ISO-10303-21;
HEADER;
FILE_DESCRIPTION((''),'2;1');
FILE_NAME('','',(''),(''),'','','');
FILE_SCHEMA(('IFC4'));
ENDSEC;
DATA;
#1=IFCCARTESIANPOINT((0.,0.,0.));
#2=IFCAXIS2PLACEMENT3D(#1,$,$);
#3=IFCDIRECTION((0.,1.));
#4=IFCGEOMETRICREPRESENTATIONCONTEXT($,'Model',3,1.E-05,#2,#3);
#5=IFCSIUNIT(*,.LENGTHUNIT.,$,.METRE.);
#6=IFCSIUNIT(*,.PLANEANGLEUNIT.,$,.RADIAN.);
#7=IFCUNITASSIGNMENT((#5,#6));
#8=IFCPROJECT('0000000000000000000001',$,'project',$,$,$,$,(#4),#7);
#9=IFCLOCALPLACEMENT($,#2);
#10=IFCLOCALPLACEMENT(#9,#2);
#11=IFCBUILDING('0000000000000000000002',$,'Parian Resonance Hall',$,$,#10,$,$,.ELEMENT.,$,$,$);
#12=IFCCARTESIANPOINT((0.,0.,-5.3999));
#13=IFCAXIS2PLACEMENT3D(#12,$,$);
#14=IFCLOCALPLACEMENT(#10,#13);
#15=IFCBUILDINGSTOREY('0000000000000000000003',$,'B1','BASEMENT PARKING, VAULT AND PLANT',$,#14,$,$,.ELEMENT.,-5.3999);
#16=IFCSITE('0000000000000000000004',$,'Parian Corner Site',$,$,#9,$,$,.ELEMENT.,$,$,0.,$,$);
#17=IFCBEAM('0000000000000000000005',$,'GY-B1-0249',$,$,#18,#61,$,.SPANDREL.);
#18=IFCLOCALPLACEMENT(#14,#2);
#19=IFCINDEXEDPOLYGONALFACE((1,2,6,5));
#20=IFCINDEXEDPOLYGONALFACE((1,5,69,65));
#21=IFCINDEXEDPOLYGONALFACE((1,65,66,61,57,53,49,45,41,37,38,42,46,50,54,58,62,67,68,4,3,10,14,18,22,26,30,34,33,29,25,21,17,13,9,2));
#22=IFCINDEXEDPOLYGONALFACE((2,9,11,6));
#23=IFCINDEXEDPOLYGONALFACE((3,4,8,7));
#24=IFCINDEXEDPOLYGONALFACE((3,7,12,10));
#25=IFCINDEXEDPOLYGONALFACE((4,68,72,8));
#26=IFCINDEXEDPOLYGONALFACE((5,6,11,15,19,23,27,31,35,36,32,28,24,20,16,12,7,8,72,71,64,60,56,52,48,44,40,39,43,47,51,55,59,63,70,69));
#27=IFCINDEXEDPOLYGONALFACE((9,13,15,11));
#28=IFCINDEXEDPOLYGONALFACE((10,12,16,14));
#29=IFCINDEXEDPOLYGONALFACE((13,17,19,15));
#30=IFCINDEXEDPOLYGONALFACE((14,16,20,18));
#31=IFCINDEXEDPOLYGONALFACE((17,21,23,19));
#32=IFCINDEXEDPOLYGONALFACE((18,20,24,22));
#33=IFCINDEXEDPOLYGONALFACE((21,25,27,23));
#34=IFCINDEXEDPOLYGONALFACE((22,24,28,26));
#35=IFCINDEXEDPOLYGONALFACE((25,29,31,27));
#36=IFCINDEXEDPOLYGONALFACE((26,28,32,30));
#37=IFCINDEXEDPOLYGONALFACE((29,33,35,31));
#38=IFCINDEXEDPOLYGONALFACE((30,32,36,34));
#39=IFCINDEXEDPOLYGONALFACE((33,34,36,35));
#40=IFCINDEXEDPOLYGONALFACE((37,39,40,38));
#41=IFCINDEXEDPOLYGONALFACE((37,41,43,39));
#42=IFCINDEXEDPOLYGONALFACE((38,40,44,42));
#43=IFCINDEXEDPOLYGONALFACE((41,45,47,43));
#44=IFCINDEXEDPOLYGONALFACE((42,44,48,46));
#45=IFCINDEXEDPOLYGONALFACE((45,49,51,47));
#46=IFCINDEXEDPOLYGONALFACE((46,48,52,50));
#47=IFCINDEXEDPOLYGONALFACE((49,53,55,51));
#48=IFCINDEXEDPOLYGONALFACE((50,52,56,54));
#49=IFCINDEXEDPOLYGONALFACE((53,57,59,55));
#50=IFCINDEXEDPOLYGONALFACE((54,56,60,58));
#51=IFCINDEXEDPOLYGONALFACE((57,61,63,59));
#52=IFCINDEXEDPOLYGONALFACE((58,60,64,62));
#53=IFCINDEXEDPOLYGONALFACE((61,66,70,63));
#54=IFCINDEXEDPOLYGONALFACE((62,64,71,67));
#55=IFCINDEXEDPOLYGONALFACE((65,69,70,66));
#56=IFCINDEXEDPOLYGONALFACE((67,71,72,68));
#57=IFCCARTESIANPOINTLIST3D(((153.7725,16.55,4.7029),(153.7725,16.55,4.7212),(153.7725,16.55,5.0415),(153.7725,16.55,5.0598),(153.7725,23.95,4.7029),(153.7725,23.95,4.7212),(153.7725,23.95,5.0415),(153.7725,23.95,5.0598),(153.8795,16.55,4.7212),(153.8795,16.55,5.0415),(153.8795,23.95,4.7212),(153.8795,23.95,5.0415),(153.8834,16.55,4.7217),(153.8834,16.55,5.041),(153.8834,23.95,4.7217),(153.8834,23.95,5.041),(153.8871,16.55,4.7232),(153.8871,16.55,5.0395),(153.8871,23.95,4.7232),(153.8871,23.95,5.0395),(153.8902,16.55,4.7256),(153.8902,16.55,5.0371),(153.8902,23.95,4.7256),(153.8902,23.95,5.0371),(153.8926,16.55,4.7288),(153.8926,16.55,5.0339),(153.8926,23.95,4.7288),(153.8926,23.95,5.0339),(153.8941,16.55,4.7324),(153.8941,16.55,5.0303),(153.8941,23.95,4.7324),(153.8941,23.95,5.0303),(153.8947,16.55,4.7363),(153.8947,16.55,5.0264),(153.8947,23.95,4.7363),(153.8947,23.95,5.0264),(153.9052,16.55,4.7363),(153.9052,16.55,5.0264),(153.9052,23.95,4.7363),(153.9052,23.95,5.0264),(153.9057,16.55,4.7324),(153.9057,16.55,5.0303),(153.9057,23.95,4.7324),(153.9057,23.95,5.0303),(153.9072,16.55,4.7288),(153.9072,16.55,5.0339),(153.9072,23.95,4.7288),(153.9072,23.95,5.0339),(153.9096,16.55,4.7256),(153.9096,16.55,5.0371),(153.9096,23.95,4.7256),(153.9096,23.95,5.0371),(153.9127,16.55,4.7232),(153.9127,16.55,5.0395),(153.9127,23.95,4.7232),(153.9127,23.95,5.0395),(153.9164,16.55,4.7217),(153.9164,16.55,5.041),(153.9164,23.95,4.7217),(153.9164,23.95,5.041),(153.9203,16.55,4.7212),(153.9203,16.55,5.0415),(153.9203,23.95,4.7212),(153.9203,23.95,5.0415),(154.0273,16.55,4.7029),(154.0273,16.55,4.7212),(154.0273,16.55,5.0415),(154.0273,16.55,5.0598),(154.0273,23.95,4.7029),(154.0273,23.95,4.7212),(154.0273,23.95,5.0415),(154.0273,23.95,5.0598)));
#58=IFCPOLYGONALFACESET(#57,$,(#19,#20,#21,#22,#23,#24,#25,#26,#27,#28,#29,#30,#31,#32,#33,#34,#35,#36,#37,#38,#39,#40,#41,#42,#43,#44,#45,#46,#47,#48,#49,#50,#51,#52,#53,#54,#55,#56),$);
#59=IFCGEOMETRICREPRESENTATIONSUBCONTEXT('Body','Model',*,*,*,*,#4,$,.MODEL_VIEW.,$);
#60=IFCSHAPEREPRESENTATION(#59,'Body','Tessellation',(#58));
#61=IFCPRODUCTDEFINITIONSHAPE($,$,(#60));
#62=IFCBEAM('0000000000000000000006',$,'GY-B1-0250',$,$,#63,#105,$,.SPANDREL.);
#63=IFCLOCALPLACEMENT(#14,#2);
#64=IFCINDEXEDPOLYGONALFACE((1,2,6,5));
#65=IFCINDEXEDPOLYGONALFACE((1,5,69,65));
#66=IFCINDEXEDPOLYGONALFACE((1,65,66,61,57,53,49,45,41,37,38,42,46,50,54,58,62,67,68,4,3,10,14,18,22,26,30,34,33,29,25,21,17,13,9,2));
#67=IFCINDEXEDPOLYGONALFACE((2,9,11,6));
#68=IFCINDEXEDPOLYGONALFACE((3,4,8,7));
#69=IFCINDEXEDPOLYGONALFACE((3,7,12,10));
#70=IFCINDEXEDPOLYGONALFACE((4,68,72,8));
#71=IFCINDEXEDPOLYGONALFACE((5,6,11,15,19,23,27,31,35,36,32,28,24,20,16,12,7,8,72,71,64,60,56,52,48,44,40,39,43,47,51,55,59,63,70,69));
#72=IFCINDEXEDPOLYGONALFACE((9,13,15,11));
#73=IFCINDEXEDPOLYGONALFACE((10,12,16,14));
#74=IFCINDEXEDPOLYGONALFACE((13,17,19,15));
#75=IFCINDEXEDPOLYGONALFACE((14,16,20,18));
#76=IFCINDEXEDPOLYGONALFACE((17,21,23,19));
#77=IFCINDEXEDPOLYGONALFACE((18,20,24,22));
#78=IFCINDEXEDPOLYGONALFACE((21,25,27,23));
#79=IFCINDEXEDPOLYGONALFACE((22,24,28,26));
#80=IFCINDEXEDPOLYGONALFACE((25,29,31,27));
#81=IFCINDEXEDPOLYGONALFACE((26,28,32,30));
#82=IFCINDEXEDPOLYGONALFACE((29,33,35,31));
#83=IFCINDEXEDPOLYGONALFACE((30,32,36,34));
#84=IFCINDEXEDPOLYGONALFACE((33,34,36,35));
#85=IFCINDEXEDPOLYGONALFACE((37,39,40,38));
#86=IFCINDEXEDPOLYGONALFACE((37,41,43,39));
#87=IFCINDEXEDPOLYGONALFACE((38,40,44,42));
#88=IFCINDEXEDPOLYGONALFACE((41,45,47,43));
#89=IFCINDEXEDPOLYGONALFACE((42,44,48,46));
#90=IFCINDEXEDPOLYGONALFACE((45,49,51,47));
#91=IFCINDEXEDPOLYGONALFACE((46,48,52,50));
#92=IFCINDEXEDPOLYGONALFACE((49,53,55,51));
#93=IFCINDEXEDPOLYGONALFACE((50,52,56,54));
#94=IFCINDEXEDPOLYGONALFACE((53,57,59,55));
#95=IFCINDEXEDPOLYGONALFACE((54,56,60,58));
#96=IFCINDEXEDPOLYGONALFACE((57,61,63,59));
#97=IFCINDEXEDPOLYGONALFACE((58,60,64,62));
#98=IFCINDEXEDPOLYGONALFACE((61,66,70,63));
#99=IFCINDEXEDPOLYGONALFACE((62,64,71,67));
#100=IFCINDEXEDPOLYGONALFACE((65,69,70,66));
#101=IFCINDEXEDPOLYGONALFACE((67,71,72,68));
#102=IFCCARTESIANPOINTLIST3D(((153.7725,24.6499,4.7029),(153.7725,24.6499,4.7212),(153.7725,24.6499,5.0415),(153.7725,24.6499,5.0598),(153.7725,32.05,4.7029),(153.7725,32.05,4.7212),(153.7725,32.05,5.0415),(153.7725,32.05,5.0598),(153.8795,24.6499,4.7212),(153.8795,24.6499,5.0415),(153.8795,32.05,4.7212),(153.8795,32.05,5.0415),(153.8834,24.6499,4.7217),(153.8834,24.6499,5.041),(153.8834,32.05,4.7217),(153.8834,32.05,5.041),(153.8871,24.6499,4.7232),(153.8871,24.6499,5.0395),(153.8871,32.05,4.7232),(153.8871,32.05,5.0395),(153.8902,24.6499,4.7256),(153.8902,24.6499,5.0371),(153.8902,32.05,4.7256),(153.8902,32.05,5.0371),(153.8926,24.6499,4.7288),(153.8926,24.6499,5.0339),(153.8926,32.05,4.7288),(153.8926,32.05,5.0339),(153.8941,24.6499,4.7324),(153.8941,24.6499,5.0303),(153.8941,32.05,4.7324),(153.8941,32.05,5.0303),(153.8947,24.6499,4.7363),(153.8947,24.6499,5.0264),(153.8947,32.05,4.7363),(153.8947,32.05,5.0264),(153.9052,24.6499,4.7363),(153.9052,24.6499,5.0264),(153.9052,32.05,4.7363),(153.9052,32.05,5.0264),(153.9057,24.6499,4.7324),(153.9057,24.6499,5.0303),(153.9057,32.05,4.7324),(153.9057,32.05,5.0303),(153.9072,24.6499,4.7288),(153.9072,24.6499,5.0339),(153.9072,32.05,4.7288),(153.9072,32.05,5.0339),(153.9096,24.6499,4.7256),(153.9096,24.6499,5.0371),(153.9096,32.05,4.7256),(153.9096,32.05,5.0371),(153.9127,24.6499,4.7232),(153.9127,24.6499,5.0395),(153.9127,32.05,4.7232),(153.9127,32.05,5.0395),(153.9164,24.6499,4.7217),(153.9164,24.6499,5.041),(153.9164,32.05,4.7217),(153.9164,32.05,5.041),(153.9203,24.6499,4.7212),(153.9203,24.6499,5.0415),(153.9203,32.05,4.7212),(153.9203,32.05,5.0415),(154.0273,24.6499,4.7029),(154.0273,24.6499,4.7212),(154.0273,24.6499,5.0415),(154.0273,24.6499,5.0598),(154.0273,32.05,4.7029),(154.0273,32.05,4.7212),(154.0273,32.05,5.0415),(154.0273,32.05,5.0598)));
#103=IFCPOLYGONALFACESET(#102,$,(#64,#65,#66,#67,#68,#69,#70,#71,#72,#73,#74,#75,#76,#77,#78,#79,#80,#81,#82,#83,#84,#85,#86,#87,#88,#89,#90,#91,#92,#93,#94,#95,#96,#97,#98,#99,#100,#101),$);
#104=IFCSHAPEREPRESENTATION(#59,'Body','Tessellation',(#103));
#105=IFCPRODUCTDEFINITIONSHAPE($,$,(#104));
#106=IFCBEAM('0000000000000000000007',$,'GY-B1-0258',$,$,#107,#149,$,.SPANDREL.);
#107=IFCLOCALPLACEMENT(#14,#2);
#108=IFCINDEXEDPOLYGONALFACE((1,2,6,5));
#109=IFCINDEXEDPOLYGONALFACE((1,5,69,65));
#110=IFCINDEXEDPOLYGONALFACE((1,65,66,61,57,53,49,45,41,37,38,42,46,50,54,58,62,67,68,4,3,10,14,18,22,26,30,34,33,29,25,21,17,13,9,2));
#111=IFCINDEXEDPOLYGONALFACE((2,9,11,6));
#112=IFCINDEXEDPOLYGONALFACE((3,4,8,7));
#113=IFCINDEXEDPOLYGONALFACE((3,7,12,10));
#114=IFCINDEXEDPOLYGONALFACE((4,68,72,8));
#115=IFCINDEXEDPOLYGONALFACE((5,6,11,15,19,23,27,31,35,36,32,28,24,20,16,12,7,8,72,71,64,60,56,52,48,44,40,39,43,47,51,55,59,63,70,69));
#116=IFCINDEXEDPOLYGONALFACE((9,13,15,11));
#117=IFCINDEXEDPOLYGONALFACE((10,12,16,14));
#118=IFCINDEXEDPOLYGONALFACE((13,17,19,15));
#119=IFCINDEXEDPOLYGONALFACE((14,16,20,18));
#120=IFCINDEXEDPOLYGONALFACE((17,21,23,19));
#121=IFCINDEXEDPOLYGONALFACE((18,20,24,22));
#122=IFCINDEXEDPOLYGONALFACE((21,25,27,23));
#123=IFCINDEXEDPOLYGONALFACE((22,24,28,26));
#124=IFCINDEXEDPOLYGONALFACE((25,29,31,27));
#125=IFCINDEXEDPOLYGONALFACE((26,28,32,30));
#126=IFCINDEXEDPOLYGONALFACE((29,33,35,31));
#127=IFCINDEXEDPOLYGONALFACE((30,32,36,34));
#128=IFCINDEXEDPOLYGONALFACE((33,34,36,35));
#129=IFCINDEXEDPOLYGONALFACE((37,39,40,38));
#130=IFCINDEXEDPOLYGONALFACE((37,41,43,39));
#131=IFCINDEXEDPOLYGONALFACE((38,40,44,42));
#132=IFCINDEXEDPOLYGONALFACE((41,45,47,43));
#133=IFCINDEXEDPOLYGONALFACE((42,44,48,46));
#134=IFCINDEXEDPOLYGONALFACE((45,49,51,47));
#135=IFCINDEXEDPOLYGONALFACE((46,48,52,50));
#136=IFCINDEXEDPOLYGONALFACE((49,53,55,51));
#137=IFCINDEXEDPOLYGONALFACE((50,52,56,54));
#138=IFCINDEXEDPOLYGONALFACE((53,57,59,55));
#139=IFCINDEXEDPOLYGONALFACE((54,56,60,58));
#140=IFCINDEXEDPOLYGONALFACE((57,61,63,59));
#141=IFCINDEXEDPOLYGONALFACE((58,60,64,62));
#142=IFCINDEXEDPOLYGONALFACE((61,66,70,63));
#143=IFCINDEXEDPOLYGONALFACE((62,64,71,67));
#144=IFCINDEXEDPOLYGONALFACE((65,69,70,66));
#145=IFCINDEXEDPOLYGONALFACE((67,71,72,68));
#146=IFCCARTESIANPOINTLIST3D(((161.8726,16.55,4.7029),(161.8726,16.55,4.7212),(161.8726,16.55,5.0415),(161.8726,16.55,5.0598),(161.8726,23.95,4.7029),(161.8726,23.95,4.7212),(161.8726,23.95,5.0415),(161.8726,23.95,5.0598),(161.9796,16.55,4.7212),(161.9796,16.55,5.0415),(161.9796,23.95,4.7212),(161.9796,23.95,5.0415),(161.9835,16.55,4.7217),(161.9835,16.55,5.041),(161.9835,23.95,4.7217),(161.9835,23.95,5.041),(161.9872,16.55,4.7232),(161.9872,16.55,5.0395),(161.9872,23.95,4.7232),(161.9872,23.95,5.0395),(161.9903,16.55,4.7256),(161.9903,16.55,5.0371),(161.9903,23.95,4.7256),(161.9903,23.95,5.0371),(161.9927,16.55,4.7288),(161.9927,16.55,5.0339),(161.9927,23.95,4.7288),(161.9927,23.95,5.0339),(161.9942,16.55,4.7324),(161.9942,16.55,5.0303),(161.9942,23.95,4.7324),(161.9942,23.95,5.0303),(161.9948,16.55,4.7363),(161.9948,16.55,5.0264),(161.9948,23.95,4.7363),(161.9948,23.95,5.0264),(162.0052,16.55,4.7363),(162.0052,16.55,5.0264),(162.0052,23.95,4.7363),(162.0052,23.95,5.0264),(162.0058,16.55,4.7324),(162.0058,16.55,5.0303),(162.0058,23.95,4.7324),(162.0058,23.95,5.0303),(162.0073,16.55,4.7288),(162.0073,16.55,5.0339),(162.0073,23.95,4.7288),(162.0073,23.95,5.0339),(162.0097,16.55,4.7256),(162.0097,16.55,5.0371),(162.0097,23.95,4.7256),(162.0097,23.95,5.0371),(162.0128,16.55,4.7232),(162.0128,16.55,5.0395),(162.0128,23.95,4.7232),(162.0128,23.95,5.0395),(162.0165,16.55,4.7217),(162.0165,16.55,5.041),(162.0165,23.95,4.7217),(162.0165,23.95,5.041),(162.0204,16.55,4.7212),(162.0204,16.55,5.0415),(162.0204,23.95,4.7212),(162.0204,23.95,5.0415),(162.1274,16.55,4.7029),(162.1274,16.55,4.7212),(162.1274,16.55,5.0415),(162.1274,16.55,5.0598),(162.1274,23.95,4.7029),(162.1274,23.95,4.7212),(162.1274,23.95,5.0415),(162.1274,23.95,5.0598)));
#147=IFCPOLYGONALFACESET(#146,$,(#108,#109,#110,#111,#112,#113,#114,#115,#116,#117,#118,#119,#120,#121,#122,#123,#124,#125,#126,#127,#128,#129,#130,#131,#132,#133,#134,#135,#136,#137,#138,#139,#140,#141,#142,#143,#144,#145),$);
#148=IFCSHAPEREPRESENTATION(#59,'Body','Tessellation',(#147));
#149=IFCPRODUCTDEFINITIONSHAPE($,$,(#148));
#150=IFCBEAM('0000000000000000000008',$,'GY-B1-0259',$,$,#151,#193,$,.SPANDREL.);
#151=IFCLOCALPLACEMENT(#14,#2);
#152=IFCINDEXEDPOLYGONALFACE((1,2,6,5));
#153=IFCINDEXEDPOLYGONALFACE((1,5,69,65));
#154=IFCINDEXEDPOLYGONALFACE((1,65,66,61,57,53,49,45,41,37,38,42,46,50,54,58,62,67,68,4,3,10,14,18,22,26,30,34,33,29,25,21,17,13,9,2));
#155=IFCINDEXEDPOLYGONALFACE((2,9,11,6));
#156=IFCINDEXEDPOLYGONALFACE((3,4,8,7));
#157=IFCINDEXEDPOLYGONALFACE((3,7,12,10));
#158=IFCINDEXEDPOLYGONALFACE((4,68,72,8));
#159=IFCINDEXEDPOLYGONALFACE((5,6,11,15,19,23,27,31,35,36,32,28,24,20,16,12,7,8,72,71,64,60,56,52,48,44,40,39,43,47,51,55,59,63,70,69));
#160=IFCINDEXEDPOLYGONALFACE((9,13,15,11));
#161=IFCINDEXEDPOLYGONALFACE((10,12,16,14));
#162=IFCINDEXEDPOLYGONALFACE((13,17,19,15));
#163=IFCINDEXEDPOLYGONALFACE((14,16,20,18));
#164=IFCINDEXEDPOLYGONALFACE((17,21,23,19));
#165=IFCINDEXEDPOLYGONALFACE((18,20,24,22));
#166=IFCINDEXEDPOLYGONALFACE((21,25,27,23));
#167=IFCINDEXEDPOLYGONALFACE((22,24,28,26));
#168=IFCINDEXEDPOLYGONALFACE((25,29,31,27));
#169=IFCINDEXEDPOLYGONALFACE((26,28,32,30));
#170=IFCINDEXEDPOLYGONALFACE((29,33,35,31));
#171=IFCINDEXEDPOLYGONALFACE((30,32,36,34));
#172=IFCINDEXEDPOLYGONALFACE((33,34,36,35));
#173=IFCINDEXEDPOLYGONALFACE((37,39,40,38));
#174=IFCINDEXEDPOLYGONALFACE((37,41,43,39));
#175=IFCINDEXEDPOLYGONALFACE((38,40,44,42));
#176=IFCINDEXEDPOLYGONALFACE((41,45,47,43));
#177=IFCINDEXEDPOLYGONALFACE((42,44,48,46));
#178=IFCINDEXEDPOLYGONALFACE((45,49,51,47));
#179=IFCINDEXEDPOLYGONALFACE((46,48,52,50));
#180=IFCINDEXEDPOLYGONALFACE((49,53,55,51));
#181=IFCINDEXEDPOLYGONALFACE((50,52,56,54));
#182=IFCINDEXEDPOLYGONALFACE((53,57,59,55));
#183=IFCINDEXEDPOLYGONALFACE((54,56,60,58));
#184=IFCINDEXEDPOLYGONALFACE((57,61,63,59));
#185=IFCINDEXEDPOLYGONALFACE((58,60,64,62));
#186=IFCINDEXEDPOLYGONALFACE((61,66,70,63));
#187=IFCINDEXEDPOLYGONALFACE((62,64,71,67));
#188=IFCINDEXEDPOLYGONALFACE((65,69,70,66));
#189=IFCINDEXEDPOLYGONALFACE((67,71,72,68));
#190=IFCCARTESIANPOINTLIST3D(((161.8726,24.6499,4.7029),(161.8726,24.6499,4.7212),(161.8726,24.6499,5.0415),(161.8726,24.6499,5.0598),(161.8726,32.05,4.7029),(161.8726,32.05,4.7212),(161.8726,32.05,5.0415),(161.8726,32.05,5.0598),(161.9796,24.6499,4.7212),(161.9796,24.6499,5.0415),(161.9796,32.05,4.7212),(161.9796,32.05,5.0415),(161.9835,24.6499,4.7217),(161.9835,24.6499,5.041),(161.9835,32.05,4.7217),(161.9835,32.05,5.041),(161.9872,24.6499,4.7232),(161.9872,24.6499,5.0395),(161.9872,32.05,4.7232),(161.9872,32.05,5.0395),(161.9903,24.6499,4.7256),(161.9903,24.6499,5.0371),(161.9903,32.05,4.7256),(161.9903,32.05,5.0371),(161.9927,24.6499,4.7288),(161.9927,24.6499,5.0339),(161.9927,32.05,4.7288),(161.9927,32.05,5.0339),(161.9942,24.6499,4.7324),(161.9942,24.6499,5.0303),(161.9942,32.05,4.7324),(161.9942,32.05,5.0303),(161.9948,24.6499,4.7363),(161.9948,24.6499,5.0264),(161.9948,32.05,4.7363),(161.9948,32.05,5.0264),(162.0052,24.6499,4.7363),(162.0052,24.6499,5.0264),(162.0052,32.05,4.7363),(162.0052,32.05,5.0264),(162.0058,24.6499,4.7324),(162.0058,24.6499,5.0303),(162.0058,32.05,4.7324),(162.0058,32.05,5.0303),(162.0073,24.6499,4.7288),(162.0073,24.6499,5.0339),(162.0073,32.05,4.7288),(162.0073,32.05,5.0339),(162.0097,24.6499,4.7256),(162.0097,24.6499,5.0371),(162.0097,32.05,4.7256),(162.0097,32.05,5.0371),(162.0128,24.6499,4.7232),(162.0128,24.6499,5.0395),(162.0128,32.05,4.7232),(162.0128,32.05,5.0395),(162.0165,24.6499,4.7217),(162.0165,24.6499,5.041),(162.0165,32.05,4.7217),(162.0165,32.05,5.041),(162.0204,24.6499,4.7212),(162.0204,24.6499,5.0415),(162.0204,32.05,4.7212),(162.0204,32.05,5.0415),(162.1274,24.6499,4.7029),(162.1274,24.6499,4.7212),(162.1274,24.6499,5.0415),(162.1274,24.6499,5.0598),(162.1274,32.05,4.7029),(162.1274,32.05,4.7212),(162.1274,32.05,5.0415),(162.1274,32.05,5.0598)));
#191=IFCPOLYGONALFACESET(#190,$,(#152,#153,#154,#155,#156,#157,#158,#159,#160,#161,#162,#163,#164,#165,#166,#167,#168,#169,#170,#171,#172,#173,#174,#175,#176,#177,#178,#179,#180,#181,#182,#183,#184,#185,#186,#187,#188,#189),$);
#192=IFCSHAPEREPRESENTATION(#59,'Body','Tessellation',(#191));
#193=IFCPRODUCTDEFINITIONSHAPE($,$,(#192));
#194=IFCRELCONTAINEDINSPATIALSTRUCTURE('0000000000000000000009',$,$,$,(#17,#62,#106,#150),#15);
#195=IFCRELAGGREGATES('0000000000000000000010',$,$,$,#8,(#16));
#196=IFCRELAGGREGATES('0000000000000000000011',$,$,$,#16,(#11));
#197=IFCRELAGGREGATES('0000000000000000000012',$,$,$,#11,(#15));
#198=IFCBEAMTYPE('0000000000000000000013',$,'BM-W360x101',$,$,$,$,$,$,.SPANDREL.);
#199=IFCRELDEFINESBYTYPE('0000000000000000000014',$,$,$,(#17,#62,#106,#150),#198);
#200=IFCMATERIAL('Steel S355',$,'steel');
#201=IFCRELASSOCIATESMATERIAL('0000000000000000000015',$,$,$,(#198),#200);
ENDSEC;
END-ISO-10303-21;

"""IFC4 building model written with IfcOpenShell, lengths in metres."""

from ifc_helpers import new_model, si_unit, direction, frame, origin, origin_2d, place, context, subcontext, project, spatial, i_section, extrude, material, material_profile, profile_set, type_object, element, save


model = new_model("IFC4")

# Units and contexts
model_context = context("Model", 3, precision=1e-05, world=origin(), true_north=direction((0.0, 1.0)))
body_context = subcontext(model_context, "Body", "Model", "MODEL_VIEW")
ifc_project = project(units=[si_unit("LENGTHUNIT", "METRE"), si_unit("PLANEANGLEUNIT", "RADIAN")], contexts=[model_context])

# Site, building, storey
site_placement = place(None, origin())
site = spatial("IfcSite", under=ifc_project, at=site_placement, Name="Parian Corner Site", CompositionType="ELEMENT", RefElevation=0.0)
building_placement = place(site_placement, origin())
building = spatial("IfcBuilding", under=site, at=building_placement, Name="Parian Resonance Hall", CompositionType="ELEMENT")
storey_placement = place(building_placement, frame((0.0, 0.0, -5.3999)))
storey = spatial("IfcBuildingStorey", under=building, at=storey_placement, Name="B1", Description="BASEMENT PARKING, VAULT AND PLANT", CompositionType="ELEMENT", Elevation=-5.3999)

# Beams
ifc_material_1 = material(Name="Steel S355", Category="steel")
ifc_material_profile_1 = material_profile(ifc_material_1, i_section(OverallWidth=0.2549, OverallDepth=0.3569, WebThickness=0.0105, FlangeThickness=0.0183, FilletRadius=0.0151, at=origin_2d()), Name="W360x101")
ifc_profile_set_1 = profile_set([ifc_material_profile_1], Name="Steel S355")
beam_type_1 = type_object("IfcBeamType", Name="BM-W360x101", PredefinedType="SPANDREL", material=ifc_profile_set_1)
beam_1_placement = place(storey_placement, frame((153.8999, 16.55, 4.8813), z_axis=(0.0, 1.0, 0.0), x_axis=(-1.0, 0.0, 0.0)))
element("IfcBeam", 1, at=beam_1_placement, inside=storey, type_object=beam_type_1, Name="GY-B1-0249", PredefinedType="SPANDREL", context=body_context, shape_type="SweptSolid", body=[
    extrude(i_section(OverallWidth=0.2549, OverallDepth=0.3569, WebThickness=0.0105, FlangeThickness=0.0183, FilletRadius=0.0151, at=origin_2d()), origin(), (0.0, 0.0, 1.0), 7.3999),
])
beam_2_placement = place(storey_placement, frame((153.8999, 24.6499, 4.8813), z_axis=(0.0, 1.0, 0.0), x_axis=(-1.0, 0.0, 0.0)))
element("IfcBeam", 2, at=beam_2_placement, inside=storey, type_object=beam_type_1, Name="GY-B1-0250", PredefinedType="SPANDREL", context=body_context, shape_type="SweptSolid", body=[
    extrude(i_section(OverallWidth=0.2549, OverallDepth=0.3569, WebThickness=0.0105, FlangeThickness=0.0183, FilletRadius=0.0151, at=origin_2d()), origin(), (0.0, 0.0, 1.0), 7.4001),
])
beam_3_placement = place(storey_placement, frame((162.0, 16.55, 4.8813), z_axis=(0.0, 1.0, 0.0), x_axis=(-1.0, 0.0, 0.0)))
element("IfcBeam", 3, at=beam_3_placement, inside=storey, type_object=beam_type_1, Name="GY-B1-0258", PredefinedType="SPANDREL", context=body_context, shape_type="SweptSolid", body=[
    extrude(i_section(OverallWidth=0.2549, OverallDepth=0.3569, WebThickness=0.0105, FlangeThickness=0.0183, FilletRadius=0.0151, at=origin_2d()), origin(), (0.0, 0.0, 1.0), 7.3999),
])
beam_4_placement = place(storey_placement, frame((162.0, 24.6499, 4.8813), z_axis=(0.0, 1.0, 0.0), x_axis=(-1.0, 0.0, 0.0)))
element("IfcBeam", 4, at=beam_4_placement, inside=storey, type_object=beam_type_1, Name="GY-B1-0259", PredefinedType="SPANDREL", context=body_context, shape_type="SweptSolid", body=[
    extrude(i_section(OverallWidth=0.2549, OverallDepth=0.3569, WebThickness=0.0105, FlangeThickness=0.0183, FilletRadius=0.0151, at=origin_2d()), origin(), (0.0, 0.0, 1.0), 7.4001),
])

save(model, "model.ifc")
